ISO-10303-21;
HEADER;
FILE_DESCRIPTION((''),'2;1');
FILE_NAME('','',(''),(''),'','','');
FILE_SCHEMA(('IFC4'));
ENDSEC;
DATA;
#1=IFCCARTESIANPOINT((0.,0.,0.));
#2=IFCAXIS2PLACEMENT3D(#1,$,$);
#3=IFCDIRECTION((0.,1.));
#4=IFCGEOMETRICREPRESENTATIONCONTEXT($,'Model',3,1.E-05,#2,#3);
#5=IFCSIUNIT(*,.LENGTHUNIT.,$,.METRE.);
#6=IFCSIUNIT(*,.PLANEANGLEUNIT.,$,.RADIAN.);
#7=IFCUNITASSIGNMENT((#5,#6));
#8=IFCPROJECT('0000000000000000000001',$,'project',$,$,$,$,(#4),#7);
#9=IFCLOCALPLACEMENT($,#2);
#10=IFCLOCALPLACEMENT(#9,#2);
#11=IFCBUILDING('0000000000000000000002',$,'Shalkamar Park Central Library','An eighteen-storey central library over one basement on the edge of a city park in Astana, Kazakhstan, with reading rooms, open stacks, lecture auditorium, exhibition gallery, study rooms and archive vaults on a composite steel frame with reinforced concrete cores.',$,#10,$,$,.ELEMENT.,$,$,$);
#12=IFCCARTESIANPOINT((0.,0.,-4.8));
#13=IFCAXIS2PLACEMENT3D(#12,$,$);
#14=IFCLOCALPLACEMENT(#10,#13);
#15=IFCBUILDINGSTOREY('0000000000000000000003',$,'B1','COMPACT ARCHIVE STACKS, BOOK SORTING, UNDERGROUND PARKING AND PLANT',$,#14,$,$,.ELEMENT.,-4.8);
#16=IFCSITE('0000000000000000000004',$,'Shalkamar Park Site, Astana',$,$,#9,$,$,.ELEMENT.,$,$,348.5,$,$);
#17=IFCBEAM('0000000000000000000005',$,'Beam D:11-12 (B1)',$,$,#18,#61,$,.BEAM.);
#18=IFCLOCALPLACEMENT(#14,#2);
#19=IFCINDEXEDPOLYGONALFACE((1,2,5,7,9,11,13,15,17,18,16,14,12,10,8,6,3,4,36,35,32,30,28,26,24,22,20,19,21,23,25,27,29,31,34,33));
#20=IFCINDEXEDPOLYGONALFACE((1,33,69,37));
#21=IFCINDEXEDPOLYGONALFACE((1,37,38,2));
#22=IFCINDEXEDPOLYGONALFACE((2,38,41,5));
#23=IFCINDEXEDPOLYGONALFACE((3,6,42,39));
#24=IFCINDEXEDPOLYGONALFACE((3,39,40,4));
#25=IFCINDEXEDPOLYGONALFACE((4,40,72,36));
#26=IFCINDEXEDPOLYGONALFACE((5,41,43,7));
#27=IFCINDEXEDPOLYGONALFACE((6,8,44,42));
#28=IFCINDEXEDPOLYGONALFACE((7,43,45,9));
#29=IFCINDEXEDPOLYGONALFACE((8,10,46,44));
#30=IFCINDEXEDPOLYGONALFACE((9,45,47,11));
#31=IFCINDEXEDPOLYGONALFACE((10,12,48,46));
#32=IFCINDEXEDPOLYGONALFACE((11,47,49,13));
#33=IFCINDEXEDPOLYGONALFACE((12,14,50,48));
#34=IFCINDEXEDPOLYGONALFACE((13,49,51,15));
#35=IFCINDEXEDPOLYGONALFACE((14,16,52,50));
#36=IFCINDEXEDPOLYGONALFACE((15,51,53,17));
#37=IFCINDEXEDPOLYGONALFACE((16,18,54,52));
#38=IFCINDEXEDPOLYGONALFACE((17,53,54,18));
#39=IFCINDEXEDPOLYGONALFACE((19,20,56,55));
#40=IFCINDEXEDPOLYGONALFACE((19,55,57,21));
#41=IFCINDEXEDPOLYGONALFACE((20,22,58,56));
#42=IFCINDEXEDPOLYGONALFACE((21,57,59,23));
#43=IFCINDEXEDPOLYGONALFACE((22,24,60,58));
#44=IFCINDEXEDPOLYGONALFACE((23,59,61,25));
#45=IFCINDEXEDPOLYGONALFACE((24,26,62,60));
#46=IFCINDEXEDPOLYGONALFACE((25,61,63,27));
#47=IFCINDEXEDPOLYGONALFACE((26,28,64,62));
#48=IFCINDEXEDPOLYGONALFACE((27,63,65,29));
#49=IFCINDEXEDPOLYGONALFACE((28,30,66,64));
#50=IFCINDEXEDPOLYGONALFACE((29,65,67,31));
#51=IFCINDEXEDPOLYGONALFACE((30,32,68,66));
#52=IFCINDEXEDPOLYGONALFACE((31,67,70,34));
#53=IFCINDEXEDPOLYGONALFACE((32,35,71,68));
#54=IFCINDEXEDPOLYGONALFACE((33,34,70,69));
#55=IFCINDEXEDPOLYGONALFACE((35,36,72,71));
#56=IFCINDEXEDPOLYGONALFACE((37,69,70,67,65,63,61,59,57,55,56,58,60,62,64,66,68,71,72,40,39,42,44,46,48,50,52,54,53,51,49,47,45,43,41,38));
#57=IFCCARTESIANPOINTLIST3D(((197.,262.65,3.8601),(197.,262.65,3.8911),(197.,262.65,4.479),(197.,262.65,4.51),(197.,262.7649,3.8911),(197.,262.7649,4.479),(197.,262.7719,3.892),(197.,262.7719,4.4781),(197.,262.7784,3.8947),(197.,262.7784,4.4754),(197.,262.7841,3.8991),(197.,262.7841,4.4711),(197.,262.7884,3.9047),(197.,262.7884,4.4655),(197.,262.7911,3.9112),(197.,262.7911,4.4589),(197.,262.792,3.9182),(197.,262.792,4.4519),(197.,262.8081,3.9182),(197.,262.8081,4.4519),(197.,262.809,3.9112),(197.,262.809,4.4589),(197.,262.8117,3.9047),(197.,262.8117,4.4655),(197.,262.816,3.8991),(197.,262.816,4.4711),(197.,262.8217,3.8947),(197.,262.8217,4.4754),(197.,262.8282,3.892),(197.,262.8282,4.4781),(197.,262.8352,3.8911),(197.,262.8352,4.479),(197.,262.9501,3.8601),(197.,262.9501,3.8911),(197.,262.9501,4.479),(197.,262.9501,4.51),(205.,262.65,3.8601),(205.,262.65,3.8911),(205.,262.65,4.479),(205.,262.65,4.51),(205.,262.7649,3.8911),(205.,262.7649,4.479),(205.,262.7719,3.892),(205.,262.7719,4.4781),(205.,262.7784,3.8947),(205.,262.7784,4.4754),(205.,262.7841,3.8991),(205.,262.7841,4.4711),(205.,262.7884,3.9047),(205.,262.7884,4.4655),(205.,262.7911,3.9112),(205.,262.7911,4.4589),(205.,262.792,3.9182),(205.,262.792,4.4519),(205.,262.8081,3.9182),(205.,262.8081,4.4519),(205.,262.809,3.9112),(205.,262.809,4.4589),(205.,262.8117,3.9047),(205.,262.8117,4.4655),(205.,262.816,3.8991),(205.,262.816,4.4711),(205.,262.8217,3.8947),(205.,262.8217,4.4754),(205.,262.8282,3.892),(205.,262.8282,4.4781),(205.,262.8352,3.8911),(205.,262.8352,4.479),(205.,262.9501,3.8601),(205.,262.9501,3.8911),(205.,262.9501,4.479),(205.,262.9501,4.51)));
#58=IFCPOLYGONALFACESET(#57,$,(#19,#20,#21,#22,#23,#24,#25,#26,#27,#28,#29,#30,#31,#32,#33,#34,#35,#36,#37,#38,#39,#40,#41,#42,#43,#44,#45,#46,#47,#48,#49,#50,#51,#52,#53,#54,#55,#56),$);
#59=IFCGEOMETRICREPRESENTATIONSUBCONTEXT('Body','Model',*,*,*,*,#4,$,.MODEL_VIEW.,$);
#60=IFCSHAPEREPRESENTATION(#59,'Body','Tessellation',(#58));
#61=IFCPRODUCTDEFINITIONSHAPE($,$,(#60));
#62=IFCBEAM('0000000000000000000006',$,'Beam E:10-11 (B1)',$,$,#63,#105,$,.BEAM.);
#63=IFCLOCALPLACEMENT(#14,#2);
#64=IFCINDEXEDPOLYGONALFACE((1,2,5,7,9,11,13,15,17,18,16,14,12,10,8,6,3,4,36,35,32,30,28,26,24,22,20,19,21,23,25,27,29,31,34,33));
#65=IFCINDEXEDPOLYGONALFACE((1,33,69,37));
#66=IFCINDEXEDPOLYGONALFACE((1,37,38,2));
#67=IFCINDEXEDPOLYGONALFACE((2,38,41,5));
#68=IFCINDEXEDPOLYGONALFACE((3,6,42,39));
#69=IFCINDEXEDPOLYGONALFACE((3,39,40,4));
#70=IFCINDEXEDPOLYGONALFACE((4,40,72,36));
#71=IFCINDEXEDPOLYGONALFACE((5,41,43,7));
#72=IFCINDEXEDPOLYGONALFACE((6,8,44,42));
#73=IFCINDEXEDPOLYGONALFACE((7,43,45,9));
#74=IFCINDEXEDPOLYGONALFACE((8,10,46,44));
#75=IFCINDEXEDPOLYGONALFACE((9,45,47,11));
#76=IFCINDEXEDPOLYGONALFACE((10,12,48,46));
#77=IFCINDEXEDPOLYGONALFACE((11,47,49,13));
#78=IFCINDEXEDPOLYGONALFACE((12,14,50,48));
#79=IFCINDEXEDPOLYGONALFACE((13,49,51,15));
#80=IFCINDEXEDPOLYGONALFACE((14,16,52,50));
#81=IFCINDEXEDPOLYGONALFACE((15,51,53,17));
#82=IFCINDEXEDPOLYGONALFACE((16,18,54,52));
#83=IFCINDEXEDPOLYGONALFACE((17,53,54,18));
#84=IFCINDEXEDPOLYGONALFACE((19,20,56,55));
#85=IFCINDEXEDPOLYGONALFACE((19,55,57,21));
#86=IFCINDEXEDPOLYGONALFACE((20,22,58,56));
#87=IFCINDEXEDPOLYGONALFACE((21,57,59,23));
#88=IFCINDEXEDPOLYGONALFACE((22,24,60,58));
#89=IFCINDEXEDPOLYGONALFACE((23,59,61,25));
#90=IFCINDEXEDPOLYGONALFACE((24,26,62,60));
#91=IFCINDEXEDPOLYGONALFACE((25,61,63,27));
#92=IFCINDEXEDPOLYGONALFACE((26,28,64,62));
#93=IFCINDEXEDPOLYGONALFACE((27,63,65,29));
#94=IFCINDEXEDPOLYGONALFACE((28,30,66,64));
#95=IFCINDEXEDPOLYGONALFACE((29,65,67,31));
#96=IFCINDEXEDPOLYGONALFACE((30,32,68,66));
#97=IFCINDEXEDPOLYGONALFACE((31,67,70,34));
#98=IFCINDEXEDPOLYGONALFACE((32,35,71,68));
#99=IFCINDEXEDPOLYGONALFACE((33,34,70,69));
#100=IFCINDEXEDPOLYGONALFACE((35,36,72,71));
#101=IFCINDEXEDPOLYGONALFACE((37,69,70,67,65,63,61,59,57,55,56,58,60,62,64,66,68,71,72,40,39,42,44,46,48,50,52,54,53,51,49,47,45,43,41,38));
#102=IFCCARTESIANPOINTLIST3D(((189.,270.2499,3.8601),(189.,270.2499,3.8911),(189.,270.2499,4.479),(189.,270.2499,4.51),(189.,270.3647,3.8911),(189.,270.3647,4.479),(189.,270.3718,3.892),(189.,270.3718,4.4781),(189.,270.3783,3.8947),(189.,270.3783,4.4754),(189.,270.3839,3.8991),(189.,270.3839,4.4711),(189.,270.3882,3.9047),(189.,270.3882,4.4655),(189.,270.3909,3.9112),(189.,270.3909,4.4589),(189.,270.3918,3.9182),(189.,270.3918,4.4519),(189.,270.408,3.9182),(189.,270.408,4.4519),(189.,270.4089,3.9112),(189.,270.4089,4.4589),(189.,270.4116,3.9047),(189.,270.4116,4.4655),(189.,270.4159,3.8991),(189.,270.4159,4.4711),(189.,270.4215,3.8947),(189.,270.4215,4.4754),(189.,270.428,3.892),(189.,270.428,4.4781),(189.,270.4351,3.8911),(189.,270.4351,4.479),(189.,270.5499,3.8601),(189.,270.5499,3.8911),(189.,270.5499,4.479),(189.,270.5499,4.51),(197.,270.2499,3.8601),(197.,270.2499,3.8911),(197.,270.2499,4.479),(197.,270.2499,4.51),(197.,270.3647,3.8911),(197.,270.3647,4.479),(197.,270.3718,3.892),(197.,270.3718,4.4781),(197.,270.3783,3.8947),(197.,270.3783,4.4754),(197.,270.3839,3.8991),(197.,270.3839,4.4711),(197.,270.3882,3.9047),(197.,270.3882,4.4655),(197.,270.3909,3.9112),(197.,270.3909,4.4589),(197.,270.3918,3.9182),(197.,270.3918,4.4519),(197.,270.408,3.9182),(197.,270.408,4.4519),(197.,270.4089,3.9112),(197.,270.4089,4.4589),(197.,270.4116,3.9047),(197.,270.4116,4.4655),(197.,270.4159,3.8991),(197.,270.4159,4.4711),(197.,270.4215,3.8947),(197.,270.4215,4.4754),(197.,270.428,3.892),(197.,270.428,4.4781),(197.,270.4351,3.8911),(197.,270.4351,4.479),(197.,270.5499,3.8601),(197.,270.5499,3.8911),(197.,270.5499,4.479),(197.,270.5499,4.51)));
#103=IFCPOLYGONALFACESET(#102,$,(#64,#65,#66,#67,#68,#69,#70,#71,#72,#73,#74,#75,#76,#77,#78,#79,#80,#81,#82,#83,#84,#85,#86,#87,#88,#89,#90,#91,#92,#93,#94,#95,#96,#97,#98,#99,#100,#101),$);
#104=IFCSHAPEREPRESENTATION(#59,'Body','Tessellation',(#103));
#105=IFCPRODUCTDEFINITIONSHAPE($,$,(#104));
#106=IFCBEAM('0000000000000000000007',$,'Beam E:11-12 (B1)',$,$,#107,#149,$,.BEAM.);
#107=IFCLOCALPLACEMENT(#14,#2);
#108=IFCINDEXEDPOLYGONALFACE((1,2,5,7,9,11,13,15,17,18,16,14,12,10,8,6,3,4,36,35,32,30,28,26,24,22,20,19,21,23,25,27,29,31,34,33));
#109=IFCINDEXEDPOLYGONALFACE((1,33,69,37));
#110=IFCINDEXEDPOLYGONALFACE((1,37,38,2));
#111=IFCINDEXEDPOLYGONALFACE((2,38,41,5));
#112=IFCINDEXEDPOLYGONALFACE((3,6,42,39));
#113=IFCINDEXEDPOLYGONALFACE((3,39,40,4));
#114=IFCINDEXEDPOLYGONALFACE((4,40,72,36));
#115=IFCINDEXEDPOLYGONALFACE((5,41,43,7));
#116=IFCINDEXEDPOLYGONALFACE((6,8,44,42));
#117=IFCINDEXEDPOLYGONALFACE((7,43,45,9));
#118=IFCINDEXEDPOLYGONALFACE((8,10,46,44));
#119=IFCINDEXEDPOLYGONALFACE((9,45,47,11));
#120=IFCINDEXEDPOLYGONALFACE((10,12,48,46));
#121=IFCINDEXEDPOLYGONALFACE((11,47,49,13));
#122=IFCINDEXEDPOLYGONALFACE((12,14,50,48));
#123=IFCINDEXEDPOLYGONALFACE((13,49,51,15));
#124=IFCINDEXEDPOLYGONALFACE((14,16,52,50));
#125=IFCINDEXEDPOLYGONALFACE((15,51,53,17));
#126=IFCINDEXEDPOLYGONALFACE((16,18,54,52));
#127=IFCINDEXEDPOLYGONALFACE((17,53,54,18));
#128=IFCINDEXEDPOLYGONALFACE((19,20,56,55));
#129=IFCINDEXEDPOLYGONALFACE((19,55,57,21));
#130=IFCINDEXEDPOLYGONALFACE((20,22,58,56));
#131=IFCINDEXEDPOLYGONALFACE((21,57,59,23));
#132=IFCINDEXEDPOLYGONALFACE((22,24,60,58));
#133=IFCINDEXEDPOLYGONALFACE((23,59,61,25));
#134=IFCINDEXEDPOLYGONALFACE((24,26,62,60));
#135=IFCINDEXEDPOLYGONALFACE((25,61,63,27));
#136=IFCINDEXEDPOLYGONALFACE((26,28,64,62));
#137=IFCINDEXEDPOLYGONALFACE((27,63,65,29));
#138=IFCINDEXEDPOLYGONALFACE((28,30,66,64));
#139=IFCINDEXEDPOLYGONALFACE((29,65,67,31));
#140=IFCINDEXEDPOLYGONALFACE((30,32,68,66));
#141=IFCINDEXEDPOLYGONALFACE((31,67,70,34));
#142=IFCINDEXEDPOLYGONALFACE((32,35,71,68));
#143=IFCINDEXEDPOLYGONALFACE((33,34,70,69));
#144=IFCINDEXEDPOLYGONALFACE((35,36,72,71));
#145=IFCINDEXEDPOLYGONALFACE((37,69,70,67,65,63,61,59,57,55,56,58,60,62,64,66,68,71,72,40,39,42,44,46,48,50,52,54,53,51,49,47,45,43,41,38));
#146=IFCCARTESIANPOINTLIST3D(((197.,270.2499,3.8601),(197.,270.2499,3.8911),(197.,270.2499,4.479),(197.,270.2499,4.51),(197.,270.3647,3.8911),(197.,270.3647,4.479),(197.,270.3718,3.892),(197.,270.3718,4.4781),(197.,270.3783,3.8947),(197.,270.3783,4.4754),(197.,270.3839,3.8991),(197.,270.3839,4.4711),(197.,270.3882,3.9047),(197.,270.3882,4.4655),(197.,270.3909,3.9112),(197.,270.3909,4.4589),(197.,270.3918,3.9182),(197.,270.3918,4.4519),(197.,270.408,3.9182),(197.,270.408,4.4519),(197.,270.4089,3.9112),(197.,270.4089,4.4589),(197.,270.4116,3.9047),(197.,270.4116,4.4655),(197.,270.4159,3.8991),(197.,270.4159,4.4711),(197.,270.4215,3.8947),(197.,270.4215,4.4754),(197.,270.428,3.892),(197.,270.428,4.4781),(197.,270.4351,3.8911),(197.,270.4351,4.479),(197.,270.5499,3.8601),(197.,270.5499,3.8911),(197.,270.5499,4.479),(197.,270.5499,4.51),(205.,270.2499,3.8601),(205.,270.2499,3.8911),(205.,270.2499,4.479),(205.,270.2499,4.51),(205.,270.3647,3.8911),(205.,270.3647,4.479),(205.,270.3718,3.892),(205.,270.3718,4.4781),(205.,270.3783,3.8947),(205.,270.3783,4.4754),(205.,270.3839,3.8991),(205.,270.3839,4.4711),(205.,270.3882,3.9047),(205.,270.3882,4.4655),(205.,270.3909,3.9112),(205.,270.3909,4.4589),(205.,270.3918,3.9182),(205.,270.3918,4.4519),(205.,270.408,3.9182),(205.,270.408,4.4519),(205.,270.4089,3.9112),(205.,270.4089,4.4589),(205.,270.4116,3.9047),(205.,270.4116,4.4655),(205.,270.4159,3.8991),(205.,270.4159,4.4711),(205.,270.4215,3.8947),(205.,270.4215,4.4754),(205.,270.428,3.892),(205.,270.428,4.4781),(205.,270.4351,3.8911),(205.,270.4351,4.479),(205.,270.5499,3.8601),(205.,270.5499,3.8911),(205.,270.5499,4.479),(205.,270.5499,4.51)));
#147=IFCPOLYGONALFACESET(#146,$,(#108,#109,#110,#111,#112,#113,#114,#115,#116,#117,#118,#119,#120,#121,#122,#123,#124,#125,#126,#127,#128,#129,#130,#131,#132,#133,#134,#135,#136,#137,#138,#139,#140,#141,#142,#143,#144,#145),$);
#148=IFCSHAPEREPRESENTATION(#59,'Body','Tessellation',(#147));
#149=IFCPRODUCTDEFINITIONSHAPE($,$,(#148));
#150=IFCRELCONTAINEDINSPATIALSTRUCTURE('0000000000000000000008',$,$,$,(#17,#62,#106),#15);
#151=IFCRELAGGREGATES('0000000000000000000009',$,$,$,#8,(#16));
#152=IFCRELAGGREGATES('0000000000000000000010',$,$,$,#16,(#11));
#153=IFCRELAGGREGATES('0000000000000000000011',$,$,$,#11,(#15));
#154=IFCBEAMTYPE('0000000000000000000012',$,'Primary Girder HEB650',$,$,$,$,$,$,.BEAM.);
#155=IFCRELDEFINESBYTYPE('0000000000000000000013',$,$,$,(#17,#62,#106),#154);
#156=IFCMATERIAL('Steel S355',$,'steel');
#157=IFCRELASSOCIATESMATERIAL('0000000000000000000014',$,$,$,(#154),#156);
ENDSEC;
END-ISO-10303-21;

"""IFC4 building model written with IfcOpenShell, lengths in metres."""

from ifc_helpers import new_model, si_unit, direction, frame, origin, origin_2d, place, context, subcontext, project, spatial, i_section, extrude, material, material_profile, profile_set, type_object, element, save


model = new_model("IFC4")

# Units and contexts
model_context = context("Model", 3, precision=1e-05, world=origin(), true_north=direction((0.0, 1.0)))
body_context = subcontext(model_context, "Body", "Model", "MODEL_VIEW")
ifc_project = project(units=[si_unit("LENGTHUNIT", "METRE"), si_unit("PLANEANGLEUNIT", "RADIAN")], contexts=[model_context])

# Site, building, storey
site_placement = place(None, origin())
site = spatial("IfcSite", under=ifc_project, at=site_placement, Name="Shalkamar Park Site, Astana", CompositionType="ELEMENT", RefElevation=348.5)
building_placement = place(site_placement, origin())
building = spatial("IfcBuilding", under=site, at=building_placement, Name="Shalkamar Park Central Library", Description="An eighteen-storey central library over one basement on the edge of a city park in Astana, Kazakhstan, with reading rooms, open stacks, lecture auditorium, exhibition gallery, study rooms and archive vaults on a composite steel frame with reinforced concrete cores.", CompositionType="ELEMENT")
storey_placement = place(building_placement, frame((0.0, 0.0, -4.8)))
storey = spatial("IfcBuildingStorey", under=building, at=storey_placement, Name="B1", Description="COMPACT ARCHIVE STACKS, BOOK SORTING, UNDERGROUND PARKING AND PLANT", CompositionType="ELEMENT", Elevation=-4.8)

# Shared definitions
ifc_material_1 = material(Name="Steel S355", Category="steel")

# Beams
ifc_material_profile_1 = material_profile(ifc_material_1, i_section(OverallWidth=0.3, OverallDepth=0.6499, WebThickness=0.0161, FlangeThickness=0.031, FilletRadius=0.0271, at=origin_2d()), Name="HEB 650")
ifc_profile_set_1 = profile_set([ifc_material_profile_1], Name="Steel S355")
beam_type_1 = type_object("IfcBeamType", Name="Primary Girder HEB650", PredefinedType="BEAM", material=ifc_profile_set_1)
for number, where, z_axis, x_axis, name in (
    (1, (197.0, 262.8, 4.1851), (1.0, 0.0, 0.0), (0.0, 1.0, 0.0), "Beam D:11-12 (B1)"),
    (2, (189.0, 270.3999, 4.1851), (1.0, 0.0, 0.0), (0.0, 1.0, 0.0), "Beam E:10-11 (B1)"),
    (3, (197.0, 270.3999, 4.1851), (1.0, 0.0, 0.0), (0.0, 1.0, 0.0), "Beam E:11-12 (B1)"),
):
    element("IfcBeam", number, at=place(storey_placement, frame(where, z_axis=z_axis, x_axis=x_axis)), inside=storey, type_object=beam_type_1, Name=name, PredefinedType="BEAM", context=body_context, shape_type="SweptSolid", body=[
        extrude(i_section(OverallWidth=0.3, OverallDepth=0.6499, WebThickness=0.0161, FlangeThickness=0.031, FilletRadius=0.0271, at=origin_2d()), origin(), (0.0, 0.0, 1.0), 8.0),
    ])

save(model, "model.ifc")
